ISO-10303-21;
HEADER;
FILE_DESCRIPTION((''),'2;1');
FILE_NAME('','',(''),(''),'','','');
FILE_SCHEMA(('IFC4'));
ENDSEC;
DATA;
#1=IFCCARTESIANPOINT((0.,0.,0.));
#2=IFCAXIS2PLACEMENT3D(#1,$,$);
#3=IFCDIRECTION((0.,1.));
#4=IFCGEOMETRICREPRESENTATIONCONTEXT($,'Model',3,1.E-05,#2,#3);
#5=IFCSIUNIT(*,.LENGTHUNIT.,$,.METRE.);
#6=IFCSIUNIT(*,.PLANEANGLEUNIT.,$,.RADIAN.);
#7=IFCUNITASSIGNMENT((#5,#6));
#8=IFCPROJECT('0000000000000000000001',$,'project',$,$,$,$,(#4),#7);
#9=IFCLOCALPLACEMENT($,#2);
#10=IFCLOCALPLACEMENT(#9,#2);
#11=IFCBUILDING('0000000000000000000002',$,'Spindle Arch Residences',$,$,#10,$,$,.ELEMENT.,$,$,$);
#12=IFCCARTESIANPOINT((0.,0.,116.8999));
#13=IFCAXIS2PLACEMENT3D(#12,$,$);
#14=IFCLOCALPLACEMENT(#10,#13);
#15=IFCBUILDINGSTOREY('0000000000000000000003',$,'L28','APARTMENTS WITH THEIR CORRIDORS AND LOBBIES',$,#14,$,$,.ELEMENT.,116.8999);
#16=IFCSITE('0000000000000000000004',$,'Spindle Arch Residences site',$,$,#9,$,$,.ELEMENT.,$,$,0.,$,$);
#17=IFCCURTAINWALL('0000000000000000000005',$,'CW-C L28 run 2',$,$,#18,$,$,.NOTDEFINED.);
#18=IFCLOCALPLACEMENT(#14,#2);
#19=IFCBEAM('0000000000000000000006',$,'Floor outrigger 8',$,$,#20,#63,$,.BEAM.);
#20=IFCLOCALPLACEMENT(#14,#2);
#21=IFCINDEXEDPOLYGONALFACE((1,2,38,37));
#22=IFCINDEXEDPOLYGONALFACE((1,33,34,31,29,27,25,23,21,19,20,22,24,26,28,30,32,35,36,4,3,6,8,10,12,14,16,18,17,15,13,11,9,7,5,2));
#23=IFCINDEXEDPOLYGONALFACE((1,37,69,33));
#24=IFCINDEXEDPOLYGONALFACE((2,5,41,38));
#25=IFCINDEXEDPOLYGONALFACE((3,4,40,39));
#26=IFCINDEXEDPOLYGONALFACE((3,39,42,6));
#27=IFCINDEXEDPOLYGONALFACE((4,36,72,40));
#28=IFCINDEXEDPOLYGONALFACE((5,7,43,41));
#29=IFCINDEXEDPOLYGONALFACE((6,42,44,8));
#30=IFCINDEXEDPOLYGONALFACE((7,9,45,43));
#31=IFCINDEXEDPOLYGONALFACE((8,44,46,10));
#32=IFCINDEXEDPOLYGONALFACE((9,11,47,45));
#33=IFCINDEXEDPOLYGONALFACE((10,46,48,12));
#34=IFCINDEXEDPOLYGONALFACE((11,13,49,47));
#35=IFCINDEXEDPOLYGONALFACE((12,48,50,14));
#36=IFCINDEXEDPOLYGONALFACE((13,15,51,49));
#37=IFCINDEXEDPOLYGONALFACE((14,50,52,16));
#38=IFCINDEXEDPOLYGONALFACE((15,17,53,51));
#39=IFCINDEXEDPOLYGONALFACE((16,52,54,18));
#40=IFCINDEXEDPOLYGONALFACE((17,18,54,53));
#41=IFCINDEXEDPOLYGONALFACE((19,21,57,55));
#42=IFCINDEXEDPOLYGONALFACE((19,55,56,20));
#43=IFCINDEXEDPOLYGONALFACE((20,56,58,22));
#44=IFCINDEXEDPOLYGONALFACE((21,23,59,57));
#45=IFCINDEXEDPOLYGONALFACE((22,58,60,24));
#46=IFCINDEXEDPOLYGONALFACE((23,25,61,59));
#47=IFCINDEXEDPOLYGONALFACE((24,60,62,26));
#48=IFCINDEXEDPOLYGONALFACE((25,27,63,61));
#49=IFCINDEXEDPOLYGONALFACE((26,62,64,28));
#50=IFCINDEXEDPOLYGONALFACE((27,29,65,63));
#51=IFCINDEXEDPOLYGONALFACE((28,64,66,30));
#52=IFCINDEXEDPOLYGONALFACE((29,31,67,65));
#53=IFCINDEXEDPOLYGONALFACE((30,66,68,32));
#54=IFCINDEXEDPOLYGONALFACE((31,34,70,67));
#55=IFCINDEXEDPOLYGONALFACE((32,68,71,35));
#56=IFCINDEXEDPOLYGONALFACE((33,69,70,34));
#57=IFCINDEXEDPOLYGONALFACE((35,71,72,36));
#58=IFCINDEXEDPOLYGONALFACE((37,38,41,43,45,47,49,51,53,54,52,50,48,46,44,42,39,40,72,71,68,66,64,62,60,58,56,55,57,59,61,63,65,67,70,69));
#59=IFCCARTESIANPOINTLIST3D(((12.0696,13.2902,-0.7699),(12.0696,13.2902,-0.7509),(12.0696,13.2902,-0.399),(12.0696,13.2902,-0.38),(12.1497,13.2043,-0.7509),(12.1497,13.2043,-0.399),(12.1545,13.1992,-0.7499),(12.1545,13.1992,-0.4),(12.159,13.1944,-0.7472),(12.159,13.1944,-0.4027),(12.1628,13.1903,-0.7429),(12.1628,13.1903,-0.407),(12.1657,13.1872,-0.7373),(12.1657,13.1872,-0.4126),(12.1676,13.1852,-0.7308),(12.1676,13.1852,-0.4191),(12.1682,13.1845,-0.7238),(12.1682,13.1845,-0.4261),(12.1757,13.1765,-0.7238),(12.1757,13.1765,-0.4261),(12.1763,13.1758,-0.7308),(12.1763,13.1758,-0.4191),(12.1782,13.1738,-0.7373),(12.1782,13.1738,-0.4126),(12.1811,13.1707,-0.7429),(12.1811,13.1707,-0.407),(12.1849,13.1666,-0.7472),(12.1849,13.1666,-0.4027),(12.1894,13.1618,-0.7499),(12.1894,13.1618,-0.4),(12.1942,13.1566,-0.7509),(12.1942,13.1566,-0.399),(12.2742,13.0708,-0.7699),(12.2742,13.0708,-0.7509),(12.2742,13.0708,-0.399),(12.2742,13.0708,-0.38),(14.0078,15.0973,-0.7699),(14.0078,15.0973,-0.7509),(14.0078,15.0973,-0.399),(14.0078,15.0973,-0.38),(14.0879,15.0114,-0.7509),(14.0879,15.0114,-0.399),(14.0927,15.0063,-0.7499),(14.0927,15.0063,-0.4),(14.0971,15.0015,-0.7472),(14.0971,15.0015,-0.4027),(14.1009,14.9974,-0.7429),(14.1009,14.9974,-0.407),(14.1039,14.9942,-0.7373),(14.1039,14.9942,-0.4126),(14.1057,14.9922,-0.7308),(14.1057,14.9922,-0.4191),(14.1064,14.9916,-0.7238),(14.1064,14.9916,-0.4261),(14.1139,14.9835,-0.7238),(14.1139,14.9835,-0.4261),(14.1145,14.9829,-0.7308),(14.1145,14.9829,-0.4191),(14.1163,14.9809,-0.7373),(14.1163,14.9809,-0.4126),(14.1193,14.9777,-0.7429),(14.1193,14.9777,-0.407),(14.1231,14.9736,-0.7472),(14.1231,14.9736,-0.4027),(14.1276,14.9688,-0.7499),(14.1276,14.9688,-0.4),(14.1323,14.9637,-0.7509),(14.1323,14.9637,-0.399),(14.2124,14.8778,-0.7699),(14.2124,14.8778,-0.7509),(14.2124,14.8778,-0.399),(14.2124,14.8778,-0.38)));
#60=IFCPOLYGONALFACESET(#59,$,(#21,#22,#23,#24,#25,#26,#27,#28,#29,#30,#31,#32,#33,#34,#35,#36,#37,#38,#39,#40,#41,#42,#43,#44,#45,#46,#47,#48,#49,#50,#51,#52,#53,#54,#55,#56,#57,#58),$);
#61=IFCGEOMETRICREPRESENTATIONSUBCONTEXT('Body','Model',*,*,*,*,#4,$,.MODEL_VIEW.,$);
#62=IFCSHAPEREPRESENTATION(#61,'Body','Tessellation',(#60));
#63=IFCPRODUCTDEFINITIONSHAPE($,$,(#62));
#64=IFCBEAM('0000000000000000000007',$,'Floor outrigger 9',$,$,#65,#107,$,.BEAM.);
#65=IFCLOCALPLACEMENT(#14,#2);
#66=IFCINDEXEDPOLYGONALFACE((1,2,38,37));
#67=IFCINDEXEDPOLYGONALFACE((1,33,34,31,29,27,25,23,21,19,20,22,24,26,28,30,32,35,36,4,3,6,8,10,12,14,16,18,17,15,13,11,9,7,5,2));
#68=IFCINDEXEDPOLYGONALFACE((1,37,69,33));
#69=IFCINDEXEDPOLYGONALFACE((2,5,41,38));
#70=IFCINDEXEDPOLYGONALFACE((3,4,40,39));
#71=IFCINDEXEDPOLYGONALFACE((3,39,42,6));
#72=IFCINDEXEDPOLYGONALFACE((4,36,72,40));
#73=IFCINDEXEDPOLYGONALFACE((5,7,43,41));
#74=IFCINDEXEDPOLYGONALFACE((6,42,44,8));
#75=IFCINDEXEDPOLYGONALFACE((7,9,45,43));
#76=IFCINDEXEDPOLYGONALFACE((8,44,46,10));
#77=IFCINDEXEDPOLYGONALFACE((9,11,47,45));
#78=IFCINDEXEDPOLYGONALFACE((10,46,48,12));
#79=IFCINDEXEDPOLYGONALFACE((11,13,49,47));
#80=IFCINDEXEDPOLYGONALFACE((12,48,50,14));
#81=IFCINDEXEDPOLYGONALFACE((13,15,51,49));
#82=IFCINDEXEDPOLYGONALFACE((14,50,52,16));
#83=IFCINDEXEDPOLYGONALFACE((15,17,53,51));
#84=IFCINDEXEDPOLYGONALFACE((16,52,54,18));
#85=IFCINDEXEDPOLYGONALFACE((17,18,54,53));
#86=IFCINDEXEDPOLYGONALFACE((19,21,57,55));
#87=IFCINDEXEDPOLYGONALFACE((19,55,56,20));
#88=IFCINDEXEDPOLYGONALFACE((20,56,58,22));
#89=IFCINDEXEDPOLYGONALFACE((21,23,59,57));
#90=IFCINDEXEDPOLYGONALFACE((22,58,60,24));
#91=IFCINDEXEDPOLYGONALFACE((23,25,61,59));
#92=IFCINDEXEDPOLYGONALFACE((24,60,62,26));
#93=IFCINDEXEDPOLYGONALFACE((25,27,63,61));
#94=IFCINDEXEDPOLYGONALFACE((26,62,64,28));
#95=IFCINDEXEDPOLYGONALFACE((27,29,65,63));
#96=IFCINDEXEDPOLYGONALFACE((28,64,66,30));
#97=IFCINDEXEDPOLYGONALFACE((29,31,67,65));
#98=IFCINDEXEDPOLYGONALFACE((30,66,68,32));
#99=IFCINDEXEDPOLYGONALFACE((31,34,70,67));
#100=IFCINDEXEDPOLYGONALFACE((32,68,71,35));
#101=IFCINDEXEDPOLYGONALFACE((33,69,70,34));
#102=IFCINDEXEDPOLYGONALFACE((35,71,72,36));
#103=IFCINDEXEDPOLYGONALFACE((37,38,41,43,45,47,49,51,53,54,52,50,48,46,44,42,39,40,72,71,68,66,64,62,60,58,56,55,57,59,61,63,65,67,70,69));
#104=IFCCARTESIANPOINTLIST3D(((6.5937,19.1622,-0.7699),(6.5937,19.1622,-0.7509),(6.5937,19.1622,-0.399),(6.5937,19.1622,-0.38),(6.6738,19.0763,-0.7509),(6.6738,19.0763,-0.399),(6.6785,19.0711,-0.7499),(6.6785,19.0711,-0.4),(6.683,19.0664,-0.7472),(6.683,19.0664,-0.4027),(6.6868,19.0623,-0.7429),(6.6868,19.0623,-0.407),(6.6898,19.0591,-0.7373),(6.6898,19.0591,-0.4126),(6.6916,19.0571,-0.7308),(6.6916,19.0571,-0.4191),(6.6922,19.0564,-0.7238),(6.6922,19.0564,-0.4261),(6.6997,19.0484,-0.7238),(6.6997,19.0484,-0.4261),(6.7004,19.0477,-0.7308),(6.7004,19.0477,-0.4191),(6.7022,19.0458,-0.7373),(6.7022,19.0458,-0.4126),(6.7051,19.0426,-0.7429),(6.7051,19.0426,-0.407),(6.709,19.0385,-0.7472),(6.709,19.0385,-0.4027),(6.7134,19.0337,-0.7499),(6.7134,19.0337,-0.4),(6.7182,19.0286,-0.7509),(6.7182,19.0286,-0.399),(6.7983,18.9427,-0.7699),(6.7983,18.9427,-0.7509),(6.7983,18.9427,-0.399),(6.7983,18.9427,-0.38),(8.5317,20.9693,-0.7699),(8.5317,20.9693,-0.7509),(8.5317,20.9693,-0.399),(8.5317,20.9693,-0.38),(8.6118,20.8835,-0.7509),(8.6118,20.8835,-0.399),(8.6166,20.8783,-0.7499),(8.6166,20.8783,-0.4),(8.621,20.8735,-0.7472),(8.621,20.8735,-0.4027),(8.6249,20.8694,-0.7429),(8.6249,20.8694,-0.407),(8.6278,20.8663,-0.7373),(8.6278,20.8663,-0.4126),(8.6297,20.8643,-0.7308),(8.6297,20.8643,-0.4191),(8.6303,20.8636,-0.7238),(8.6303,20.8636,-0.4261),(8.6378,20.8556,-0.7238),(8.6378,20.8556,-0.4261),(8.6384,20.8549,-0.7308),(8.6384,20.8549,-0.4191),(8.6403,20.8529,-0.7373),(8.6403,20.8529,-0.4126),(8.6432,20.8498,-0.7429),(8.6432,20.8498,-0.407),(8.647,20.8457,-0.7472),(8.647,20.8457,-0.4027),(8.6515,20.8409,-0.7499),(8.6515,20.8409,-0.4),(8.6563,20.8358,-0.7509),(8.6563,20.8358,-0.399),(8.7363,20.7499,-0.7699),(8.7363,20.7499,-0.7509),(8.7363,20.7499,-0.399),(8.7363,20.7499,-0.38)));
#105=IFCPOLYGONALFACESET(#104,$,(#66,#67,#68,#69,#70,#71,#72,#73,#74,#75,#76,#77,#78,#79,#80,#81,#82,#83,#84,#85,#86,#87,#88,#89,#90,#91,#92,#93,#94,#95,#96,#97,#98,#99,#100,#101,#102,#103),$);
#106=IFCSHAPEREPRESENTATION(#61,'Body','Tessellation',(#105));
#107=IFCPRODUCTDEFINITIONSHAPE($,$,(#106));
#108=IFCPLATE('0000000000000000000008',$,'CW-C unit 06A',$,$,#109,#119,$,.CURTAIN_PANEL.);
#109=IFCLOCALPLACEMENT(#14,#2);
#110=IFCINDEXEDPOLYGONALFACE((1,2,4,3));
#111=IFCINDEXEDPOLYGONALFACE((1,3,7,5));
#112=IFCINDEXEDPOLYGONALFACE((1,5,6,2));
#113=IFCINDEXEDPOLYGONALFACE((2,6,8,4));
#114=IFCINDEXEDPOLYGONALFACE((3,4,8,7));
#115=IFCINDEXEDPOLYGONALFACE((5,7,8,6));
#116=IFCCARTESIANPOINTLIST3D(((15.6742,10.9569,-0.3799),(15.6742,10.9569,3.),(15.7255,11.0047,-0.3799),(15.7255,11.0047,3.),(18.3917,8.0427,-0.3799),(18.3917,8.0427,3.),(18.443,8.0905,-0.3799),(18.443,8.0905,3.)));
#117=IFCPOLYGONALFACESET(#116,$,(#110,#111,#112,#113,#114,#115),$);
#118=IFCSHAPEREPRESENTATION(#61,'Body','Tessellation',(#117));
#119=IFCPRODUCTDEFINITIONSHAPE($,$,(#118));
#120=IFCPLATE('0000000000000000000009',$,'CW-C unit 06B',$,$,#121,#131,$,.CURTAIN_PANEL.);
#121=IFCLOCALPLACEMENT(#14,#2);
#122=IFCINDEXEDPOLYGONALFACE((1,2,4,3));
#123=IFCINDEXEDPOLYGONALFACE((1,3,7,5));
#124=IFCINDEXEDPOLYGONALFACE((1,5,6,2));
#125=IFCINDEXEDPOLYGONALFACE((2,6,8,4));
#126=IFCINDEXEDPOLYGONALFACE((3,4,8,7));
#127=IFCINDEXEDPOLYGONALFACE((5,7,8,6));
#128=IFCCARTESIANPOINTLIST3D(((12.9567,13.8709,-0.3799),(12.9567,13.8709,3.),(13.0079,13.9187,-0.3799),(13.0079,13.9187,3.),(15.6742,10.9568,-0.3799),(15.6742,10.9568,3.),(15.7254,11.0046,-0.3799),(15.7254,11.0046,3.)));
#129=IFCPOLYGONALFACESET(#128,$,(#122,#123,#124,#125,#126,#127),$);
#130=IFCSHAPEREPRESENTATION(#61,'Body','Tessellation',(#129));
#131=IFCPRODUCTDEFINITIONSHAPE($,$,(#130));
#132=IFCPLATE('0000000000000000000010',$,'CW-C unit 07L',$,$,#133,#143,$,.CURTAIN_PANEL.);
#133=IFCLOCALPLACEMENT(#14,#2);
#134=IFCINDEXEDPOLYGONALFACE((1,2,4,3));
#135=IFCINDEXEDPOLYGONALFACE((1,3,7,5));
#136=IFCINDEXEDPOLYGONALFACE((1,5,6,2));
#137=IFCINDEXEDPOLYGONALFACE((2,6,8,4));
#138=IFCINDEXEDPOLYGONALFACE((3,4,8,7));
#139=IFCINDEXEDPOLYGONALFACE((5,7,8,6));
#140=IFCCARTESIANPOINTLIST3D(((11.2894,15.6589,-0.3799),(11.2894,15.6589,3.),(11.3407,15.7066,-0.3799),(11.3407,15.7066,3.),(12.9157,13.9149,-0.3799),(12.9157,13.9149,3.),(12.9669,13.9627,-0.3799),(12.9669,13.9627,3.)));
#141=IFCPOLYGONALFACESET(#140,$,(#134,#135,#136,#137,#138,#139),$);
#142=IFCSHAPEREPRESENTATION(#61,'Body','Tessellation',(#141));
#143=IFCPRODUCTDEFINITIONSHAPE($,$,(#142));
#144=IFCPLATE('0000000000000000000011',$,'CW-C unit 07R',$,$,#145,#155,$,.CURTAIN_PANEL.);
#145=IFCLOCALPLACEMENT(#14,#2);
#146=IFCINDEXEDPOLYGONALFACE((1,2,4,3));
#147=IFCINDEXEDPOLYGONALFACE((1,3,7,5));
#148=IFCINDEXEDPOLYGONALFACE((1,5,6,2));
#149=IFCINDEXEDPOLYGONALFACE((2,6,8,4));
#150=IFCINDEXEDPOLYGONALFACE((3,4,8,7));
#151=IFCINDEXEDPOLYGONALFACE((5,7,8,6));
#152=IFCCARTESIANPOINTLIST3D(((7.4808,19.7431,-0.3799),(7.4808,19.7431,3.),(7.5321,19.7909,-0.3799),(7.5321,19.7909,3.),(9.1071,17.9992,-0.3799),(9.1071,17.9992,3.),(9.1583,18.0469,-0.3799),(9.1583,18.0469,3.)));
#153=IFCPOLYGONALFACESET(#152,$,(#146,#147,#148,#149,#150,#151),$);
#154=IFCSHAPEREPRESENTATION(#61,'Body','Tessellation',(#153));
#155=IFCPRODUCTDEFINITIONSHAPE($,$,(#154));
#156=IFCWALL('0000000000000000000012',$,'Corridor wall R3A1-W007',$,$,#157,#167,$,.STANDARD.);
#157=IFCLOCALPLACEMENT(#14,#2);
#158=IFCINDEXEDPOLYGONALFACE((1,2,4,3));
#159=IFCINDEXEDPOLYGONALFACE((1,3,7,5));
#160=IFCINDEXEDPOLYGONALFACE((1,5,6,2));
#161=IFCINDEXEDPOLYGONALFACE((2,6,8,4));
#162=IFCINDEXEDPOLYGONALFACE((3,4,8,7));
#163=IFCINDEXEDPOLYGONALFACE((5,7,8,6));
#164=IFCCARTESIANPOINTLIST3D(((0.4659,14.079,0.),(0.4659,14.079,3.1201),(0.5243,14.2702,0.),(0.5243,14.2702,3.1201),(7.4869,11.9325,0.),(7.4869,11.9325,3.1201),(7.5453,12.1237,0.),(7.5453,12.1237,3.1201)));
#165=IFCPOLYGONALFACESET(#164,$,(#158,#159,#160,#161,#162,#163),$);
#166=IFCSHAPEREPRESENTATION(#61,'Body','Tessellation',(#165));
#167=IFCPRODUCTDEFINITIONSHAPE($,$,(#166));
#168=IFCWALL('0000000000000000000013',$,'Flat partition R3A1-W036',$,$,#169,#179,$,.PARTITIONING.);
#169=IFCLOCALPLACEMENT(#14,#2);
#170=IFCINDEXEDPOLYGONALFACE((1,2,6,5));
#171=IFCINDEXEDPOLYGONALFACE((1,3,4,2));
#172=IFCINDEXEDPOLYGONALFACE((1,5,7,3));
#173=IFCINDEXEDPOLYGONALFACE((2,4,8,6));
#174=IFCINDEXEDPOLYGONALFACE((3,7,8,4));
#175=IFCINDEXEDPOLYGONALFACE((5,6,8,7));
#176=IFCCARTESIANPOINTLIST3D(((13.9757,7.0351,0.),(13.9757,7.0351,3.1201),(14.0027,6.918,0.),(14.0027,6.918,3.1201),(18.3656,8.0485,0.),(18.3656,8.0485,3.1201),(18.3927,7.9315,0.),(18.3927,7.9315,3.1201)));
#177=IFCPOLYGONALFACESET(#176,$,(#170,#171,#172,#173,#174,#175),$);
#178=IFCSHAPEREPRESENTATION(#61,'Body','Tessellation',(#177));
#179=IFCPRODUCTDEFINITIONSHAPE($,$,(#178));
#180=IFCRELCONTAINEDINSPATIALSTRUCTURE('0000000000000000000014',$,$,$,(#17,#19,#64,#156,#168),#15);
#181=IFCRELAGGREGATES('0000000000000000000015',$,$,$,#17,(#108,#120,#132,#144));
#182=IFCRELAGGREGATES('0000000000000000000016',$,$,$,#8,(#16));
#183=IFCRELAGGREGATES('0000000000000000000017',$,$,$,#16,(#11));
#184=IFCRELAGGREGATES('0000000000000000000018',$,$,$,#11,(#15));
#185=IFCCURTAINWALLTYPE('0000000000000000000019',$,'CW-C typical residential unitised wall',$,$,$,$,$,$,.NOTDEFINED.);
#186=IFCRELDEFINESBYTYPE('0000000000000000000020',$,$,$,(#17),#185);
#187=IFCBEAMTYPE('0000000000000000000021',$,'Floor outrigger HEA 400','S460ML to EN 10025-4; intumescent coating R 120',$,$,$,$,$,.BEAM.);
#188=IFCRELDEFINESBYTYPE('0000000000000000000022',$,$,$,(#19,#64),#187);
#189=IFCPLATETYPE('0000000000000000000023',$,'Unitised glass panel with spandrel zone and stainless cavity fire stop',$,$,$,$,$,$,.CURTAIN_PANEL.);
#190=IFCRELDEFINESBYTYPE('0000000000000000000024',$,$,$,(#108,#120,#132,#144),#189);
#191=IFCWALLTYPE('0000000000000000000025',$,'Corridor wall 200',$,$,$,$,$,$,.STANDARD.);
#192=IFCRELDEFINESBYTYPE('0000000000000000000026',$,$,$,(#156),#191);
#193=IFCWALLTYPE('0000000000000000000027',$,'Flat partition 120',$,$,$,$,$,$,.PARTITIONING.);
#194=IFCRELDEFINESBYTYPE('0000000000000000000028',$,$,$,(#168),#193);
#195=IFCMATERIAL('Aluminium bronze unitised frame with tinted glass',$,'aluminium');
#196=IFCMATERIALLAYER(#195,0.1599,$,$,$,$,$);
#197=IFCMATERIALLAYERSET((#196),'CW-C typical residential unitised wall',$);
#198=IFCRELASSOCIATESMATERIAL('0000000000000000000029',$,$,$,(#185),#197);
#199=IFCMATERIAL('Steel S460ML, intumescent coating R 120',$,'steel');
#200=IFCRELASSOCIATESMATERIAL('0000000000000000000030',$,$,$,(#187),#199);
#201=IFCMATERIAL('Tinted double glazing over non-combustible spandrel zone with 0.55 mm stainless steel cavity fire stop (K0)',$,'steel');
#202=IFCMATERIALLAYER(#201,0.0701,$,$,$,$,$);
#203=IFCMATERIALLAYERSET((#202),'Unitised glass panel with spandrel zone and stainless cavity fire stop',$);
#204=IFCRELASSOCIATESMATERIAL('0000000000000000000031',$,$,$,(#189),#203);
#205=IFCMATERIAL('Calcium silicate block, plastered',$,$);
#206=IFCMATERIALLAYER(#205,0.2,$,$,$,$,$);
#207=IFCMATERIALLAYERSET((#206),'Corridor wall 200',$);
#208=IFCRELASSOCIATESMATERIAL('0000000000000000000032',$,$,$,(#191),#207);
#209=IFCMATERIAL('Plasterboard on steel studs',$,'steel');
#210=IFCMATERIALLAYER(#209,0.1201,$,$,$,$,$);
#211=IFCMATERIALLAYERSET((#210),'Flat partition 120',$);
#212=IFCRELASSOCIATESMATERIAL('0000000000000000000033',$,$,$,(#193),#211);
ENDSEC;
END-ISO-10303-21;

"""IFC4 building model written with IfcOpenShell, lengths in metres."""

from ifc_helpers import new_model, si_unit, direction, frame, frame_2d, origin, origin_2d, place, context, subcontext, project, spatial, rectangle, i_section, extrude, material, layer, layer_set, material_profile, profile_set, type_object, element, aggregate, save


model = new_model("IFC4")

# Units and contexts
model_context = context("Model", 3, precision=1e-05, world=origin(), true_north=direction((0.0, 1.0)))
body_context = subcontext(model_context, "Body", "Model", "MODEL_VIEW")
ifc_project = project(units=[si_unit("LENGTHUNIT", "METRE"), si_unit("PLANEANGLEUNIT", "RADIAN")], contexts=[model_context])

# Site, building, storey
site_placement = place(None, origin())
site = spatial("IfcSite", under=ifc_project, at=site_placement, Name="Spindle Arch Residences site", CompositionType="ELEMENT", RefElevation=0.0)
building_placement = place(site_placement, origin())
building = spatial("IfcBuilding", under=site, at=building_placement, Name="Spindle Arch Residences", CompositionType="ELEMENT")
storey_placement = place(building_placement, frame((0.0, 0.0, 116.8999)))
storey = spatial("IfcBuildingStorey", under=building, at=storey_placement, Name="L28", Description="APARTMENTS WITH THEIR CORRIDORS AND LOBBIES", CompositionType="ELEMENT", Elevation=116.8999)

# Curtain wall
ifc_material_1 = material(Name="Aluminium bronze unitised frame with tinted glass", Category="aluminium")
ifc_layer_1 = layer(ifc_material_1, 0.1599)
ifc_layer_set_1 = layer_set([ifc_layer_1], Name="CW-C typical residential unitised wall")
curtain_wall_type = type_object("IfcCurtainWallType", Name="CW-C typical residential unitised wall", PredefinedType="NOTDEFINED", material=ifc_layer_set_1)
curtain_wall_placement = place(storey_placement, origin())
curtain_wall = element("IfcCurtainWall", 1, at=curtain_wall_placement, inside=storey, type_object=curtain_wall_type, Name="CW-C L28 run 2", PredefinedType="NOTDEFINED")

# Beams
ifc_material_2 = material(Name="Steel S460ML, intumescent coating R 120", Category="steel")
ifc_material_profile_1 = material_profile(ifc_material_2, i_section(OverallWidth=0.3, OverallDepth=0.3899, WebThickness=0.011, FlangeThickness=0.019, FilletRadius=0.0271, at=origin_2d()), Name="HEA 400")
ifc_profile_set_1 = profile_set([ifc_material_profile_1], Name="Steel S460ML, intumescent coating R 120")
beam_type_1 = type_object("IfcBeamType", Name="Floor outrigger HEA 400", Description="S460ML to EN 10025-4; intumescent coating R 120", PredefinedType="BEAM", material=ifc_profile_set_1)
for number, where, z_axis, x_axis, name in (
    (2, (14.1101, 14.9875, -0.575), (-0.731411, -0.681937, 0.0), (0.681937, -0.731411, 0.0), "Floor outrigger 8"),
    (3, (8.634, 20.8596, -0.575), (-0.731368, -0.681983, 0.0), (0.681983, -0.731368, 0.0), "Floor outrigger 9"),
):
    element("IfcBeam", number, at=place(storey_placement, frame(where, z_axis=z_axis, x_axis=x_axis)), inside=storey, type_object=beam_type_1, Name=name, PredefinedType="BEAM", context=body_context, shape_type="SweptSolid", body=[
        extrude(i_section(OverallWidth=0.3, OverallDepth=0.3899, WebThickness=0.011, FlangeThickness=0.019, FilletRadius=0.0271, at=origin_2d()), origin(), (0.0, 0.0, 1.0), 2.6499),
    ])

# Plates
ifc_material_3 = material(Name="Tinted double glazing over non-combustible spandrel zone with 0.55 mm stainless steel cavity fire stop (K0)", Category="steel")
ifc_layer_2 = layer(ifc_material_3, 0.0701)
ifc_layer_set_2 = layer_set([ifc_layer_2], Name="Unitised glass panel with spandrel zone and stainless cavity fire stop")
plate_type = type_object("IfcPlateType", Name="Unitised glass panel with spandrel zone and stainless cavity fire stop", PredefinedType="CURTAIN_PANEL", material=ifc_layer_set_2)
plate_1_placement = place(storey_placement, frame((17.0586, 9.5237, -0.3799), z_axis=(0.0, 0.0, 1.0), x_axis=(-0.681998, 0.731354, 0.0)))
plate_1 = element("IfcPlate", 4, at=plate_1_placement, type_object=plate_type, Name="CW-C unit 06A", PredefinedType="CURTAIN_PANEL", context=body_context, shape_type="SweptSolid", body=[
    extrude(rectangle(XDim=3.9846, YDim=0.0701, at=origin_2d()), origin(), (0.0, 0.0, 1.0), 3.3799),
])
plate_2_placement = place(storey_placement, frame((14.3411, 12.4377, -0.3799), z_axis=(0.0, 0.0, 1.0), x_axis=(-0.681998, 0.731354, 0.0)))
plate_2 = element("IfcPlate", 5, at=plate_2_placement, type_object=plate_type, Name="CW-C unit 06B", PredefinedType="CURTAIN_PANEL", context=body_context, shape_type="SweptSolid", body=[
    extrude(rectangle(XDim=3.9846, YDim=0.0701, at=origin_2d()), origin(), (0.0, 0.0, 1.0), 3.3799),
])
plate_3_placement = place(storey_placement, frame((12.1282, 14.8108, -0.3799), z_axis=(0.0, 0.0, 1.0), x_axis=(-0.681998, 0.731354, 0.0)))
plate_3 = element("IfcPlate", 6, at=plate_3_placement, type_object=plate_type, Name="CW-C unit 07L", PredefinedType="CURTAIN_PANEL", context=body_context, shape_type="SweptSolid", body=[
    extrude(rectangle(XDim=2.3845, YDim=0.0701, at=origin_2d()), origin(), (0.0, 0.0, 1.0), 3.3799),
])
plate_4_placement = place(storey_placement, frame((8.3196, 18.895, -0.3799), z_axis=(0.0, 0.0, 1.0), x_axis=(-0.681998, 0.731354, 0.0)))
plate_4 = element("IfcPlate", 7, at=plate_4_placement, type_object=plate_type, Name="CW-C unit 07R", PredefinedType="CURTAIN_PANEL", context=body_context, shape_type="SweptSolid", body=[
    extrude(rectangle(XDim=2.3845, YDim=0.0701, at=origin_2d()), origin(), (0.0, 0.0, 1.0), 3.3799),
])
aggregate(curtain_wall, [plate_1, plate_2, plate_3, plate_4])

# Walls
ifc_material_4 = material(Name="Calcium silicate block, plastered")
ifc_layer_3 = layer(ifc_material_4, 0.2)
ifc_layer_set_3 = layer_set([ifc_layer_3], Name="Corridor wall 200")
wall_type_1 = type_object("IfcWallType", Name="Corridor wall 200", PredefinedType="STANDARD", material=ifc_layer_set_3)
wall_1_placement = place(storey_placement, frame((7.5161, 12.0281, 0.0), z_axis=(0.0, 0.0, 1.0), x_axis=(-0.956307, 0.292366, 0.0)))
element("IfcWall", 8, at=wall_1_placement, inside=storey, type_object=wall_type_1, Name="Corridor wall R3A1-W007", PredefinedType="STANDARD", context=body_context, shape_type="SweptSolid", body=[
    extrude(rectangle(XDim=7.3418, YDim=0.2, at=frame_2d((3.6709, 0.0))), origin(), (0.0, 0.0, 1.0), 3.1201),
])
ifc_material_5 = material(Name="Plasterboard on steel studs", Category="steel")
ifc_layer_4 = layer(ifc_material_5, 0.1201)
ifc_layer_set_4 = layer_set([ifc_layer_4], Name="Flat partition 120")
wall_type_2 = type_object("IfcWallType", Name="Flat partition 120", PredefinedType="PARTITIONING", material=ifc_layer_set_4)
wall_2_placement = place(storey_placement, frame((18.3792, 7.99, 0.0), z_axis=(0.0, 0.0, 1.0), x_axis=(-0.974373, -0.224939, 0.0)))
element("IfcWall", 9, at=wall_2_placement, inside=storey, type_object=wall_type_2, Name="Flat partition R3A1-W036", PredefinedType="PARTITIONING", context=body_context, shape_type="SweptSolid", body=[
    extrude(rectangle(XDim=4.5054, YDim=0.1201, at=frame_2d((2.2527, 0.0))), origin(), (0.0, 0.0, 1.0), 3.1201),
])

save(model, "model.ifc")
